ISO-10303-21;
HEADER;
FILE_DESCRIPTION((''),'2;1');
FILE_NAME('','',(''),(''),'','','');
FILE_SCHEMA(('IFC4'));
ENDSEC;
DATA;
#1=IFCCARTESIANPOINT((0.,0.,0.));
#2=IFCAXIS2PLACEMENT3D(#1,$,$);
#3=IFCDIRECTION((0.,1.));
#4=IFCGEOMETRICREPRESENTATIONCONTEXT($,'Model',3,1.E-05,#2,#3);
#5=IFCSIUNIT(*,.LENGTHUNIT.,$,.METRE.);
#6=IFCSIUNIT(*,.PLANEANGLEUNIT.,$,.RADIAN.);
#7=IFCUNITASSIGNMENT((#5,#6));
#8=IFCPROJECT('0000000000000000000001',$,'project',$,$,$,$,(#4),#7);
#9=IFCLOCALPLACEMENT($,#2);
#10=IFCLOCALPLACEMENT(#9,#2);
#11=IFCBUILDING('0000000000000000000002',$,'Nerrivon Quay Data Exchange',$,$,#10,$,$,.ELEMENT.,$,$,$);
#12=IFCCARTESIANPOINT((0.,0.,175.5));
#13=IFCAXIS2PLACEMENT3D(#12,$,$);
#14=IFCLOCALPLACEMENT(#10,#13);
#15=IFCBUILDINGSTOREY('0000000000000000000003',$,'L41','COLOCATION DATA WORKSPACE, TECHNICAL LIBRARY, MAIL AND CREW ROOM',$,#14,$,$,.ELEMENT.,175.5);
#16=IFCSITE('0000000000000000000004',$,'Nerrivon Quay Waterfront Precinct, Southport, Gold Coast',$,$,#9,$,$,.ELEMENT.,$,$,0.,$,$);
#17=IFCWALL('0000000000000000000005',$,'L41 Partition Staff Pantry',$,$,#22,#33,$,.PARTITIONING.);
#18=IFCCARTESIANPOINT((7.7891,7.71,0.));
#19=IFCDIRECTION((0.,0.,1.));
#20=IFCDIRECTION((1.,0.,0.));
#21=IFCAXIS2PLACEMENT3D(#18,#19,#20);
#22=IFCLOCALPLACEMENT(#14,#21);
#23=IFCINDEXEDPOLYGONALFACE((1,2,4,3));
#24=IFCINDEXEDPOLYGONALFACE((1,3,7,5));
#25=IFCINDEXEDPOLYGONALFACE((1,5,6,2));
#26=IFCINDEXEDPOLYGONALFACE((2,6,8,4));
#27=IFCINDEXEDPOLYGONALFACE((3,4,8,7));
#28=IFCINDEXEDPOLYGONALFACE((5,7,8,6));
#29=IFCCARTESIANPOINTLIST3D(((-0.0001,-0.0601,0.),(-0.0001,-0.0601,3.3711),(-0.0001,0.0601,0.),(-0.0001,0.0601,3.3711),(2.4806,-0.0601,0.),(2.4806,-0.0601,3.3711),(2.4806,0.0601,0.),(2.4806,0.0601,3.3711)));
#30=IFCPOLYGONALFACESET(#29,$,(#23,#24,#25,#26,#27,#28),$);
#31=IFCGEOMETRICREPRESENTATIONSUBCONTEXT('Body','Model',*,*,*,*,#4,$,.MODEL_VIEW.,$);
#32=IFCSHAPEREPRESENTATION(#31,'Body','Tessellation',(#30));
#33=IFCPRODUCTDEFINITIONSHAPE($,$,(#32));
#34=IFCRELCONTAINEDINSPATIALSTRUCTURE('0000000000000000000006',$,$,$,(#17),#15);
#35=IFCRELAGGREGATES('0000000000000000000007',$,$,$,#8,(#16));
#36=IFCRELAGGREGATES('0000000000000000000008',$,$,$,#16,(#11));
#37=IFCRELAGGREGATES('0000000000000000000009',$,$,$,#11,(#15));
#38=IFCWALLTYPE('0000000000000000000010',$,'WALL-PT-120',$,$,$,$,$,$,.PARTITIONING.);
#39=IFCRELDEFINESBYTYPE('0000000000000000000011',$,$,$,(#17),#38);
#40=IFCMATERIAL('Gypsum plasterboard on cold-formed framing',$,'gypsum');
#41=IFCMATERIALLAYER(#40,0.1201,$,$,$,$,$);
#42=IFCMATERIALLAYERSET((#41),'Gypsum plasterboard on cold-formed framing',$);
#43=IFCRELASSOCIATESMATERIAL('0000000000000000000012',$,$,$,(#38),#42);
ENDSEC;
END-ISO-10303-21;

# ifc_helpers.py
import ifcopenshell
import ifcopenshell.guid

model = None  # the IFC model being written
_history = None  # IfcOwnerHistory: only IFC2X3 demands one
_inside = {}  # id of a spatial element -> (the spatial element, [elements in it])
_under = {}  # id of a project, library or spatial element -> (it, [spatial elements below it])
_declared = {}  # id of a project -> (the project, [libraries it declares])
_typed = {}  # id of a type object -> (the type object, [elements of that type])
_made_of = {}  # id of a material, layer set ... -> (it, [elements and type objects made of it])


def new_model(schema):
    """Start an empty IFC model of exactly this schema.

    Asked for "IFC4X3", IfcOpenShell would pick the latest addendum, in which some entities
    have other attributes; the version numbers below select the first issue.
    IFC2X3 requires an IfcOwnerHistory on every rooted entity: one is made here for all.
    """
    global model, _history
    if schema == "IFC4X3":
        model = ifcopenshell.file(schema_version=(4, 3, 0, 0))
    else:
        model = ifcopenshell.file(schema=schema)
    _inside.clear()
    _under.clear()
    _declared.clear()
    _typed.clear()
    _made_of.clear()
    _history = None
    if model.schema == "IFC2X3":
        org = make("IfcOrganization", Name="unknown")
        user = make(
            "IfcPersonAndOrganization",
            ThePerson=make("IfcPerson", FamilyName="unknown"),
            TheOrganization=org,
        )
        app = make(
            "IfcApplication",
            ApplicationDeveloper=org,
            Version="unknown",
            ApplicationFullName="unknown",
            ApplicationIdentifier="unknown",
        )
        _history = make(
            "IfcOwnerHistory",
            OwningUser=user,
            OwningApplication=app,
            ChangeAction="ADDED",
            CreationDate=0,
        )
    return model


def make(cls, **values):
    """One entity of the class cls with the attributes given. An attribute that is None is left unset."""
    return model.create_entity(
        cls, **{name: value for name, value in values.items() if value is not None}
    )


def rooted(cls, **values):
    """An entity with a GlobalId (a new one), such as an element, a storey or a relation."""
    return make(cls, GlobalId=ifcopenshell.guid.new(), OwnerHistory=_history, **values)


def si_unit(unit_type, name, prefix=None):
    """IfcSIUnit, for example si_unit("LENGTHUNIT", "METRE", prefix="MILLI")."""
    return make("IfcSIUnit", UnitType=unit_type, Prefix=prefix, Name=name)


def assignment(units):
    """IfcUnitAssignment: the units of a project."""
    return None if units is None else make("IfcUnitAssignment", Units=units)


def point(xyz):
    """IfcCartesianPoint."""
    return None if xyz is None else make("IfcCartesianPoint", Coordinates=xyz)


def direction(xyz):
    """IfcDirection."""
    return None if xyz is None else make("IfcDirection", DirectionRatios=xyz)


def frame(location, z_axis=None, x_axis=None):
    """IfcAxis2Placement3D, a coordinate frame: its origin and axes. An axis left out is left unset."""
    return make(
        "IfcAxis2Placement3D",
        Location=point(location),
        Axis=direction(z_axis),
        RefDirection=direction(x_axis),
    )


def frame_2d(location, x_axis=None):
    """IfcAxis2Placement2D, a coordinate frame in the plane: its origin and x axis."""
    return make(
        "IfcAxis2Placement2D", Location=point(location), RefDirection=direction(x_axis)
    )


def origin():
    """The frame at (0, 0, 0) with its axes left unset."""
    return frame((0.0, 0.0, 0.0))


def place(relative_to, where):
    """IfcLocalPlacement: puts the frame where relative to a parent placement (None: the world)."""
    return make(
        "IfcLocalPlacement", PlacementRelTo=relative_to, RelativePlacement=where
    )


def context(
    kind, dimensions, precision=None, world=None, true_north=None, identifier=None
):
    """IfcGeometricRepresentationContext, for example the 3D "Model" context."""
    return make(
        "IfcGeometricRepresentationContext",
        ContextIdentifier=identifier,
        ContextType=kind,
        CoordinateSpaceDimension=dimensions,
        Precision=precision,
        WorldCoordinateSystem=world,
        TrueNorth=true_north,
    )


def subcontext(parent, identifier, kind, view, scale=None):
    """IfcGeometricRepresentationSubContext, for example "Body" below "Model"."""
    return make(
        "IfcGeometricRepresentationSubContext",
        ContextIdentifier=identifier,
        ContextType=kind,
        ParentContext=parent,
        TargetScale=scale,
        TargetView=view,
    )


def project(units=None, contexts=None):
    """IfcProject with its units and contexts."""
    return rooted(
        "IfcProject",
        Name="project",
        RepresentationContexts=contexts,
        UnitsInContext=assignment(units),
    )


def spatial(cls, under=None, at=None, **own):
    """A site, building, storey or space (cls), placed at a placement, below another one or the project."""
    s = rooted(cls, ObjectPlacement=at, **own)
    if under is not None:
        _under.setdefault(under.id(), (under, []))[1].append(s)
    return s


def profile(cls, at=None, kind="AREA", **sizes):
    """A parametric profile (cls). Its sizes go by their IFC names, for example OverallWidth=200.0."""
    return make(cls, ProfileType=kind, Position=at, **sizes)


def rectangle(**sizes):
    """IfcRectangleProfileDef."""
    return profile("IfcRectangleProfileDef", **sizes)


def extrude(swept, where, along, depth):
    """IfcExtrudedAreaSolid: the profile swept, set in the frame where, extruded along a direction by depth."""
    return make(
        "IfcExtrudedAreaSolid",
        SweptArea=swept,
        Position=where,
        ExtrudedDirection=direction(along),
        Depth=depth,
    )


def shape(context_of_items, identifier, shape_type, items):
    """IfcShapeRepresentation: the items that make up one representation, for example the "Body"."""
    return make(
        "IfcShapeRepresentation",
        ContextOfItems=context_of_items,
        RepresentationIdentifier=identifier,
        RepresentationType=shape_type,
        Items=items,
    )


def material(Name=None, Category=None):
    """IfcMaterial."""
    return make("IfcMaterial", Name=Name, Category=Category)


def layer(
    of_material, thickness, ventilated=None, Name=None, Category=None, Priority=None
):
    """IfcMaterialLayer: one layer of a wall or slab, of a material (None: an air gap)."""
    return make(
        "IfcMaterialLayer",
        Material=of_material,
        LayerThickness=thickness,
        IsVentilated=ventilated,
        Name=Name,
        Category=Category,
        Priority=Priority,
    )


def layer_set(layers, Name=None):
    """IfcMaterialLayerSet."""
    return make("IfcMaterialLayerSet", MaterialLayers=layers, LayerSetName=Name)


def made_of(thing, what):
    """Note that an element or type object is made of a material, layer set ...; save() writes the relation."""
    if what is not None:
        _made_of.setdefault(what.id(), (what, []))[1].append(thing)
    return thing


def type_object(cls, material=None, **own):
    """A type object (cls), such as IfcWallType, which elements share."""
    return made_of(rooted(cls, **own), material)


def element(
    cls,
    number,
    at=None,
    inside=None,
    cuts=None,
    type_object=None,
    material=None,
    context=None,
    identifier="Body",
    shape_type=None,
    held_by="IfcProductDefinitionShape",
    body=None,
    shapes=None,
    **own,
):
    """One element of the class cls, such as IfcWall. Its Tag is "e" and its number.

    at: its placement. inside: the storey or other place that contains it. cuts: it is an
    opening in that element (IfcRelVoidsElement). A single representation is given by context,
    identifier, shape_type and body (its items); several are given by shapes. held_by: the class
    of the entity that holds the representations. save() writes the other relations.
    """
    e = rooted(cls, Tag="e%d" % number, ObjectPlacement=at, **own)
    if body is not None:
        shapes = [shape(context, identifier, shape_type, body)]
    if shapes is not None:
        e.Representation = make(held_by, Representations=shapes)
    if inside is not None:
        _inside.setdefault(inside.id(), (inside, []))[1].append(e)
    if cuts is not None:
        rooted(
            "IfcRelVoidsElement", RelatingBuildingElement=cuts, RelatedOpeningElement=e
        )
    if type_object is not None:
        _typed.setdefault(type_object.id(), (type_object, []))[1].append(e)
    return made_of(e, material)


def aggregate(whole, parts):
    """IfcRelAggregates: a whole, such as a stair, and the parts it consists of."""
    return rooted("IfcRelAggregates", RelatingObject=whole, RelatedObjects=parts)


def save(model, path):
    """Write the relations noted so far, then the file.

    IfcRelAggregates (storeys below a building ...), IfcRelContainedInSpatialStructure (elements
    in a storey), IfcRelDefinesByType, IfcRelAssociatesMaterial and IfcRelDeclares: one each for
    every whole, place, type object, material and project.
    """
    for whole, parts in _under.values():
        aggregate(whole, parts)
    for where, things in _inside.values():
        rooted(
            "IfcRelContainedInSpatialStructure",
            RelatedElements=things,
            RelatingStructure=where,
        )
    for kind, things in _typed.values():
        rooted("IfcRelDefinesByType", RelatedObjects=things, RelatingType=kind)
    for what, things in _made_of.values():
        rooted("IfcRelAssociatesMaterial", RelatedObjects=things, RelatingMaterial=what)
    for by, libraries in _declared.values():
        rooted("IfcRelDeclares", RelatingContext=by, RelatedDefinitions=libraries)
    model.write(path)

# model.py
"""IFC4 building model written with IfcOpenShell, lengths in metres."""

from ifc_helpers import new_model, si_unit, direction, frame, frame_2d, origin, place, context, subcontext, project, spatial, rectangle, extrude, material, layer, layer_set, type_object, element, save


model = new_model("IFC4")

# Units and contexts
model_context = context("Model", 3, precision=1e-05, world=origin(), true_north=direction((0.0, 1.0)))
body_context = subcontext(model_context, "Body", "Model", "MODEL_VIEW")
ifc_project = project(units=[si_unit("LENGTHUNIT", "METRE"), si_unit("PLANEANGLEUNIT", "RADIAN")], contexts=[model_context])

# Site, building, storey
site_placement = place(None, origin())
site = spatial("IfcSite", under=ifc_project, at=site_placement, Name="Nerrivon Quay Waterfront Precinct, Southport, Gold Coast", CompositionType="ELEMENT", RefElevation=0.0)
building_placement = place(site_placement, origin())
building = spatial("IfcBuilding", under=site, at=building_placement, Name="Nerrivon Quay Data Exchange", CompositionType="ELEMENT")
storey_placement = place(building_placement, frame((0.0, 0.0, 175.5)))
storey = spatial("IfcBuildingStorey", under=building, at=storey_placement, Name="L41", Description="COLOCATION DATA WORKSPACE, TECHNICAL LIBRARY, MAIL AND CREW ROOM", CompositionType="ELEMENT", Elevation=175.5)

# Shared definitions
ifc_material_1 = material(Name="Gypsum plasterboard on cold-formed framing", Category="gypsum")

# Shared definitions
ifc_layer_1 = layer(ifc_material_1, 0.1201)
ifc_layer_set_1 = layer_set([ifc_layer_1], Name="Gypsum plasterboard on cold-formed framing")
wall_type_1 = type_object("IfcWallType", Name="WALL-PT-120", PredefinedType="PARTITIONING", material=ifc_layer_set_1)

# Wall
wall_1_placement = place(storey_placement, frame((7.7891, 7.71, 0.0), z_axis=(0.0, 0.0, 1.0), x_axis=(1.0, 0.0, 0.0)))
element("IfcWall", 1, at=wall_1_placement, inside=storey, type_object=wall_type_1, Name="L41 Partition Staff Pantry", PredefinedType="PARTITIONING", context=body_context, shape_type="SweptSolid", body=[
    extrude(rectangle(XDim=2.4807, YDim=0.1201, at=frame_2d((1.2402, 0.0))), origin(), (0.0, 0.0, 1.0), 3.3711),
])

save(model, "model.ifc")
